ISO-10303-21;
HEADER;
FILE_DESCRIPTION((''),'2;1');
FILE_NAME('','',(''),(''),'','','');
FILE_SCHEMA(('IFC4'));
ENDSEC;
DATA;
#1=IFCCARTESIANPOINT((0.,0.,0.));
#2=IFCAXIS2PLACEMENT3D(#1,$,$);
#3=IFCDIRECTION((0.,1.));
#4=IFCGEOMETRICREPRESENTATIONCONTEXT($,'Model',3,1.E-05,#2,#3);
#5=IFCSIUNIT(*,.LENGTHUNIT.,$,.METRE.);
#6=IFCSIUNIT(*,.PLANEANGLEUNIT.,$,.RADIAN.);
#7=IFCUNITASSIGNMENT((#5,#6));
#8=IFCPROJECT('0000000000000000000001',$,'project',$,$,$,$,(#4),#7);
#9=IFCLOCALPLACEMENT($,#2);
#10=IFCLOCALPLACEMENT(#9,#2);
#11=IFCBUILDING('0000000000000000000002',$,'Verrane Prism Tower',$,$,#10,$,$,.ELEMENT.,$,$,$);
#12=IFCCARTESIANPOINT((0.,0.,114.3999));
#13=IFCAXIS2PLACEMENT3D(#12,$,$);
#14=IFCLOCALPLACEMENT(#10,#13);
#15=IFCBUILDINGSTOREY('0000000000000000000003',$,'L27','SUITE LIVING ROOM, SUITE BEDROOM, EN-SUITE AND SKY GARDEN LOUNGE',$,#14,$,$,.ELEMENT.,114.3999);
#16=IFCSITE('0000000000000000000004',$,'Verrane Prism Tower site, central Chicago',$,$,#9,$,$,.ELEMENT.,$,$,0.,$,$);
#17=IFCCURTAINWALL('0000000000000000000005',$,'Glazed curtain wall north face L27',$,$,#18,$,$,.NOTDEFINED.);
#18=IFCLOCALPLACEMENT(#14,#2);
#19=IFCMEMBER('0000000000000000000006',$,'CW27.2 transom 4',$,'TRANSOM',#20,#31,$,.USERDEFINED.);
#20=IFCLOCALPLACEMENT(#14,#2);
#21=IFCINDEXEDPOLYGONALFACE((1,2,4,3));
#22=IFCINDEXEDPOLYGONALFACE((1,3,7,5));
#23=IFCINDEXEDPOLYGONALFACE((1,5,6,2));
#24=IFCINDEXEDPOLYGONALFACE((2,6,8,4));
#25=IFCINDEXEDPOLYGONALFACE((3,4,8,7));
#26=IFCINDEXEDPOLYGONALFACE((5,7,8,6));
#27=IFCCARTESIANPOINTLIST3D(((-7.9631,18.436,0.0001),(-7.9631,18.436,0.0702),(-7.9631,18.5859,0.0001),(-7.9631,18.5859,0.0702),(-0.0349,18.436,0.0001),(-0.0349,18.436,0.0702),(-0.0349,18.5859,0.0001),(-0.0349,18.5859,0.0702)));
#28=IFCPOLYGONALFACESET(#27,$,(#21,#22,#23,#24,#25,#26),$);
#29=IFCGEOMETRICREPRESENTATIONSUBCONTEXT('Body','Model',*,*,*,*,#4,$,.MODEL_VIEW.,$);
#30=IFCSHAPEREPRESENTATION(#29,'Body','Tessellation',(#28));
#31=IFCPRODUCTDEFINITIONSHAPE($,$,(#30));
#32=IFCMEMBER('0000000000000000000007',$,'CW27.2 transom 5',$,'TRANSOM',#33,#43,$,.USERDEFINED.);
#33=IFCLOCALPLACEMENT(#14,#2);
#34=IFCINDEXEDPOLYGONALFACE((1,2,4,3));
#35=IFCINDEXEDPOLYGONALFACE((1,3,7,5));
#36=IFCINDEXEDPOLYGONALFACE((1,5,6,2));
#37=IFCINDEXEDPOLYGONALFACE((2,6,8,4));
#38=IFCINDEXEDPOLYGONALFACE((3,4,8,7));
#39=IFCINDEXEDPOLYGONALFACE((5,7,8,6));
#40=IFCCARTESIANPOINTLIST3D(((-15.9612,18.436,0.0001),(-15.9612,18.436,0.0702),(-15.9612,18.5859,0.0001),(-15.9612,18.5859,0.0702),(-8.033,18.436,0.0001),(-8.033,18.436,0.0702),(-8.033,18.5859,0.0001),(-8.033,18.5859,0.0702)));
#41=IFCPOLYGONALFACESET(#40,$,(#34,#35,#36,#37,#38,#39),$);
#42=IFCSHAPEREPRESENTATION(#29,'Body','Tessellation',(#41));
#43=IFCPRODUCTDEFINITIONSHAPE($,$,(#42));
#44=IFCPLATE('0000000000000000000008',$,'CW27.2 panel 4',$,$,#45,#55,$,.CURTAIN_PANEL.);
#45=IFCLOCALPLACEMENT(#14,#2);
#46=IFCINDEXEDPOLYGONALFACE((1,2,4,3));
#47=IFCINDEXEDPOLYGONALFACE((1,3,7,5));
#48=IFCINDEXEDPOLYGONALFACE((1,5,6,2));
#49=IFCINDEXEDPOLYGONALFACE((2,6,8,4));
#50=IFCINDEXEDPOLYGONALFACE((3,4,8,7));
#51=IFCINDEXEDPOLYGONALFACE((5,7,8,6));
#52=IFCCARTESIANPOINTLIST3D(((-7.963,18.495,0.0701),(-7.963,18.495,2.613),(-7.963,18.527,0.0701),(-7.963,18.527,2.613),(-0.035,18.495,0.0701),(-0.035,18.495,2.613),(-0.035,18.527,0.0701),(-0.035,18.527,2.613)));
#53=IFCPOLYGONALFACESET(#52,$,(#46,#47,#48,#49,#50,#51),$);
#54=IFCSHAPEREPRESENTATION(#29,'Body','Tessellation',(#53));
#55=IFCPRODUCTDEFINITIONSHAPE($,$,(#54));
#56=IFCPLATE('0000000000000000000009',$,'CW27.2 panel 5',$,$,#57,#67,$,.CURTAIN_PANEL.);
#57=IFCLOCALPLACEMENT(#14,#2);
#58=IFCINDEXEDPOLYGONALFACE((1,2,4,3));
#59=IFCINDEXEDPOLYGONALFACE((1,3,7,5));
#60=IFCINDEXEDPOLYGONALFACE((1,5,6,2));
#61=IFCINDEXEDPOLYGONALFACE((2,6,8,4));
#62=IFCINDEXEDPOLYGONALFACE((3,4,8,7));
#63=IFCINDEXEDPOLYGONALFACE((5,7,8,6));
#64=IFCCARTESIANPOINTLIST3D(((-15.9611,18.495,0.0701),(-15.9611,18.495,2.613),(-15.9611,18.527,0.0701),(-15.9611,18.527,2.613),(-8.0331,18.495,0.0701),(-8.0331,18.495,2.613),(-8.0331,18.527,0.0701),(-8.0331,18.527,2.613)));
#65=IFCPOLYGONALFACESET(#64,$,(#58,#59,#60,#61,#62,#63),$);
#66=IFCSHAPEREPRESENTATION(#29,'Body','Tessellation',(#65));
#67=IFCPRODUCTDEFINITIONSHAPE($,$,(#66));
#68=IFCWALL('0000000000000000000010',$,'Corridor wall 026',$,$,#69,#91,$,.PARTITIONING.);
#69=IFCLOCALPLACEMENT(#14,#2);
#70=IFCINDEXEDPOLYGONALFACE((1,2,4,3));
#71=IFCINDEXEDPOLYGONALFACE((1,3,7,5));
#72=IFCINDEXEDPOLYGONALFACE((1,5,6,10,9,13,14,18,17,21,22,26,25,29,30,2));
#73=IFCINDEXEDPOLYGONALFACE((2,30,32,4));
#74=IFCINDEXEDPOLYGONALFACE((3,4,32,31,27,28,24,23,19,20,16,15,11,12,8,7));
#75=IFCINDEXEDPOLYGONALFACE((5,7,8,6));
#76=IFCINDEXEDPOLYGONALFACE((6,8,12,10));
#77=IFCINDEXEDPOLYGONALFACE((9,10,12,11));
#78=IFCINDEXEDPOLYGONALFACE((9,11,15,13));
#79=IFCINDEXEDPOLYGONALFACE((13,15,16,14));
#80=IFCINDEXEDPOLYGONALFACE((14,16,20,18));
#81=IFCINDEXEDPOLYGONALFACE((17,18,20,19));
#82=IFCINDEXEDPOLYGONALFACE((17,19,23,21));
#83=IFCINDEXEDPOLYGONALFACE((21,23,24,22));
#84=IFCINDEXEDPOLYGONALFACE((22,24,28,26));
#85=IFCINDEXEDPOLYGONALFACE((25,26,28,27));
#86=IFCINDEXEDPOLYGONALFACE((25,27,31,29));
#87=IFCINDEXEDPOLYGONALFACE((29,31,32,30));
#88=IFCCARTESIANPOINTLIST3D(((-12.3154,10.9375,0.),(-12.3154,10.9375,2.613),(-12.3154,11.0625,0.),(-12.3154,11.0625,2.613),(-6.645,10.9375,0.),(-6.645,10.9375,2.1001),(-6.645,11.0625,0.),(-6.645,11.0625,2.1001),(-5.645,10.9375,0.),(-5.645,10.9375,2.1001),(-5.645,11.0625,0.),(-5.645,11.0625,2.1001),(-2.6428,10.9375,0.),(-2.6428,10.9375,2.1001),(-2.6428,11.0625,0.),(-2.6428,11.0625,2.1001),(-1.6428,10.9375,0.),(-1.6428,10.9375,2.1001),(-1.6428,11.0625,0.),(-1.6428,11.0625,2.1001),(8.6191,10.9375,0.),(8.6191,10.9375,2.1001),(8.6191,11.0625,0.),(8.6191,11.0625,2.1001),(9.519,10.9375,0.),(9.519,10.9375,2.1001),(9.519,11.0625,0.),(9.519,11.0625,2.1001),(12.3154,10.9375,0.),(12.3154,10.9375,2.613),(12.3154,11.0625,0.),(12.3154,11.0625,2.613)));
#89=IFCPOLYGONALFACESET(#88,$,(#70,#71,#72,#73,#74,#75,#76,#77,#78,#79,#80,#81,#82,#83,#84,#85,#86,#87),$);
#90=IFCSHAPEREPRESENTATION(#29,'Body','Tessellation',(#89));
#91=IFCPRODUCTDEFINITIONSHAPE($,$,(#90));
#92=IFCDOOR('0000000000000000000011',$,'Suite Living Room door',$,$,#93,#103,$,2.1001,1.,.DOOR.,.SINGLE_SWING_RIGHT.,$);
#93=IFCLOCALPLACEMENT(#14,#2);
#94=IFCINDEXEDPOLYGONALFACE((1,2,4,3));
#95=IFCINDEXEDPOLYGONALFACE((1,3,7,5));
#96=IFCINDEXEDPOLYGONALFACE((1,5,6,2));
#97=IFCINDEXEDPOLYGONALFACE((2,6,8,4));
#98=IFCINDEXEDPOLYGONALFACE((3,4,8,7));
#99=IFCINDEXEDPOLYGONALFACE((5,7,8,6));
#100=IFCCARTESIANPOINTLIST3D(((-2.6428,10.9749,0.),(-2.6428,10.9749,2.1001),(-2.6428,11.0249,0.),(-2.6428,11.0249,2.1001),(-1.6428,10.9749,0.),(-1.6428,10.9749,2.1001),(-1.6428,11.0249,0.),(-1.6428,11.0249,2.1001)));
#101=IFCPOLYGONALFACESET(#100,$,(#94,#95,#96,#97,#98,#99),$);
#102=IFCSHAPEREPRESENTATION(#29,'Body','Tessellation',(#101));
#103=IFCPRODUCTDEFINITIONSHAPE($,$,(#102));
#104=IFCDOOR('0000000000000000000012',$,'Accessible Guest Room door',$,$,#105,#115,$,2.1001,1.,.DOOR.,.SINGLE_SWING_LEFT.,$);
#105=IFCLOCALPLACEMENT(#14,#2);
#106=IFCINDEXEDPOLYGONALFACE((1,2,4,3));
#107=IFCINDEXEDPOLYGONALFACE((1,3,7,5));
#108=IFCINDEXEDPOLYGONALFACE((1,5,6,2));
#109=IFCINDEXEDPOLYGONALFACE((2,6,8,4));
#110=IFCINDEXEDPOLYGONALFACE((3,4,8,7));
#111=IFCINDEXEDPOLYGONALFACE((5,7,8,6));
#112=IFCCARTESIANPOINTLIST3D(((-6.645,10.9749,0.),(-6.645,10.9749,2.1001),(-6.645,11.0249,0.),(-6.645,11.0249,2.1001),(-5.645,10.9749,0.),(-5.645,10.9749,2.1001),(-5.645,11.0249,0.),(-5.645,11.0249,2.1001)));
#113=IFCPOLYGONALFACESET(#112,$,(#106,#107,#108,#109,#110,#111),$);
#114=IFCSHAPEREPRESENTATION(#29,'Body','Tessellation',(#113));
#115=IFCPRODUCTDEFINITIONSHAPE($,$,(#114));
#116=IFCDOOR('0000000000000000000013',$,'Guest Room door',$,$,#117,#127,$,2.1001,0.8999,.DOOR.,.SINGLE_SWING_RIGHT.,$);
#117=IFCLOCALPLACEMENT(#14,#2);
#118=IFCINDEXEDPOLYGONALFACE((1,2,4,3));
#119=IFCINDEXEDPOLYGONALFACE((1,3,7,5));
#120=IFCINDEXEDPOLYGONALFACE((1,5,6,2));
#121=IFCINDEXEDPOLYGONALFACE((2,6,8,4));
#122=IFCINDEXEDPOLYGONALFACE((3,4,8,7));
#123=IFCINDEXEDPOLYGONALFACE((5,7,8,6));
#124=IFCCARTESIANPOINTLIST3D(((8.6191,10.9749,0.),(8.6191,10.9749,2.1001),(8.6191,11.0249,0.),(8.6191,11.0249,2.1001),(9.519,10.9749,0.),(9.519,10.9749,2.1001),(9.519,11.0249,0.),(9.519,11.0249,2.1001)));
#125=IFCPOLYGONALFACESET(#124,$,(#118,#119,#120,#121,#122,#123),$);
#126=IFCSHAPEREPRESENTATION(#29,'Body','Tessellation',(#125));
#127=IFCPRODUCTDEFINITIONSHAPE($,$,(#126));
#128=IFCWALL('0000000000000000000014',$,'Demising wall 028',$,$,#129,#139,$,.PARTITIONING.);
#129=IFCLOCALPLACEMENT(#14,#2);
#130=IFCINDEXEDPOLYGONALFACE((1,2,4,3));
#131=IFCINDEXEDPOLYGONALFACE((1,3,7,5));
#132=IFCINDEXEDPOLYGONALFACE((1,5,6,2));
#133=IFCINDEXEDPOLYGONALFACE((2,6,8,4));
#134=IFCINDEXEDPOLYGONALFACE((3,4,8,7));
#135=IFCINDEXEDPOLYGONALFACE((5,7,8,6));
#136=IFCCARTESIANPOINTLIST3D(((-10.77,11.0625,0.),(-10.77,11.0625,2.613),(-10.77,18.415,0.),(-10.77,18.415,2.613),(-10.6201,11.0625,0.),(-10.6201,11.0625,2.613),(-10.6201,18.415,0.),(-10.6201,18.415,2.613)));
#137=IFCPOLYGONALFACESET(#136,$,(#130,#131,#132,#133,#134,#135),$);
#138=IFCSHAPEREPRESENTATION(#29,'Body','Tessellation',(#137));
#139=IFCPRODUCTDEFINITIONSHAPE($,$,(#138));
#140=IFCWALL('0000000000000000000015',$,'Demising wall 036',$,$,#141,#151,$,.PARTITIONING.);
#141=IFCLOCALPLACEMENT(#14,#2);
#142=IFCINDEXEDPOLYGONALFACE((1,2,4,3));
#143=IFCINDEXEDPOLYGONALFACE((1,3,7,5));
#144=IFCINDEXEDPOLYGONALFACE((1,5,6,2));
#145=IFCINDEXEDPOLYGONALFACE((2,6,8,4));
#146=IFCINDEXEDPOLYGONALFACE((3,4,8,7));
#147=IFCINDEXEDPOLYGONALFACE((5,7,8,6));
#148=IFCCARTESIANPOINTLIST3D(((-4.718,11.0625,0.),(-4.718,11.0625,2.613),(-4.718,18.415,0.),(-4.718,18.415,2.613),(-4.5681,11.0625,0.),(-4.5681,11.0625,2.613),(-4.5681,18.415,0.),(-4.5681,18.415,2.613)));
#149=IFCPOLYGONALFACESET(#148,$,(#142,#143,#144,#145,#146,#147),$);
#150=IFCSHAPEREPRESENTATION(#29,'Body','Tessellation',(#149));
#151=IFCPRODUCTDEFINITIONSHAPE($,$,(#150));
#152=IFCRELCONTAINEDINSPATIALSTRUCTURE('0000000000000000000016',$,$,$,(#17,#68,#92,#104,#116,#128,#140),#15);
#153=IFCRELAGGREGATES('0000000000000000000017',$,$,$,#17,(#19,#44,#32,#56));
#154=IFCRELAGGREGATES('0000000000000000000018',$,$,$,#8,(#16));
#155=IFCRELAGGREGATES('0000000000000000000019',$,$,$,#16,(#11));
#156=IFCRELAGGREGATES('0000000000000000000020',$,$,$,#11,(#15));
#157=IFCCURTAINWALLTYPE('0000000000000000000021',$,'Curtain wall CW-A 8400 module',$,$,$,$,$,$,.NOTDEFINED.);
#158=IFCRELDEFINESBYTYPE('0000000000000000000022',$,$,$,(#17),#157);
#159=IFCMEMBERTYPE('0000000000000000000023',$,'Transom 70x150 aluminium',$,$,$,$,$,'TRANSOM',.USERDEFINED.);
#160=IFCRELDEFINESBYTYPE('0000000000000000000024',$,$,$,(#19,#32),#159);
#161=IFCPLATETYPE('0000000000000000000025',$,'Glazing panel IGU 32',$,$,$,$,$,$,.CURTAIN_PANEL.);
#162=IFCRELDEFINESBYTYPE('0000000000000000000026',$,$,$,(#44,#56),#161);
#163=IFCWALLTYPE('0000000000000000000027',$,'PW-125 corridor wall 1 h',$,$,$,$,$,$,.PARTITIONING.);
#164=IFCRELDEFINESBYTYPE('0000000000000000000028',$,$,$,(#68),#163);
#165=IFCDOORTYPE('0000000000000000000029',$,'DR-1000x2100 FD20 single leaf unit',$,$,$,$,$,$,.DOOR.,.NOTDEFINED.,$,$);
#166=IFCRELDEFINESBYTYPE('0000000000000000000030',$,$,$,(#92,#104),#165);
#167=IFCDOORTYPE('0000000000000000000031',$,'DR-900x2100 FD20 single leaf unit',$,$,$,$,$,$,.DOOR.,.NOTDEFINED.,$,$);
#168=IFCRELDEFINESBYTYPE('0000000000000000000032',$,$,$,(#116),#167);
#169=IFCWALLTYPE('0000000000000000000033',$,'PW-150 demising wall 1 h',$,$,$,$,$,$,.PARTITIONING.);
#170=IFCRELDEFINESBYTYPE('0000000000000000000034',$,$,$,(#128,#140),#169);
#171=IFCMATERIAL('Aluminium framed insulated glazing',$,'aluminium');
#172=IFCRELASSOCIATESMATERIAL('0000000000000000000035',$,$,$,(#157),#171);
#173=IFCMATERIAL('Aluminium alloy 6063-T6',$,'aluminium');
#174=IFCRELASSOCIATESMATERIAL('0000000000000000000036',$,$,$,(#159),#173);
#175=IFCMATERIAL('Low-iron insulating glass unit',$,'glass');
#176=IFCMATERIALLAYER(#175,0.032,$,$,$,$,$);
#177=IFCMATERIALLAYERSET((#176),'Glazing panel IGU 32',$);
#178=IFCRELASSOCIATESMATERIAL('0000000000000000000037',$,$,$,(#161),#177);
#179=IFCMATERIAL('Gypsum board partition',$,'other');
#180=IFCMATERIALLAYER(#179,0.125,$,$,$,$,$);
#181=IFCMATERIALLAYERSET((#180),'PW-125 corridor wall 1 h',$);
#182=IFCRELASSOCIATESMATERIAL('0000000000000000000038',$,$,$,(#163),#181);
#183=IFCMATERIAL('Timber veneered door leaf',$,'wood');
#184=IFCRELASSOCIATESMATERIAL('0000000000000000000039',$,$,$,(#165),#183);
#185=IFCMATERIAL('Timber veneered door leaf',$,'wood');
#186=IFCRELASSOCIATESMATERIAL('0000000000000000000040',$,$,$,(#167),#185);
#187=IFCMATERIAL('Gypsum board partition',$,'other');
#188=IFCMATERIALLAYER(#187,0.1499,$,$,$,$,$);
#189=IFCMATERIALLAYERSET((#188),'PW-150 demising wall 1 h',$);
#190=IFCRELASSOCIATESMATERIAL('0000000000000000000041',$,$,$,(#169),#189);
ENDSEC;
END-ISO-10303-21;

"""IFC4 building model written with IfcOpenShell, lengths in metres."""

from ifc_helpers import new_model, si_unit, direction, frame, frame_2d, origin, origin_2d, place, context, subcontext, project, spatial, rectangle, extrude, material, layer, layer_set, material_profile, profile_set, type_object, element, fill, aggregate, save


model = new_model("IFC4")

# Units and contexts
model_context = context("Model", 3, precision=1e-05, world=origin(), true_north=direction((0.0, 1.0)))
body_context = subcontext(model_context, "Body", "Model", "MODEL_VIEW")
ifc_project = project(units=[si_unit("LENGTHUNIT", "METRE"), si_unit("PLANEANGLEUNIT", "RADIAN")], contexts=[model_context])

# Site, building, storey
site_placement = place(None, origin())
site = spatial("IfcSite", under=ifc_project, at=site_placement, Name="Verrane Prism Tower site, central Chicago", CompositionType="ELEMENT", RefElevation=0.0)
building_placement = place(site_placement, origin())
building = spatial("IfcBuilding", under=site, at=building_placement, Name="Verrane Prism Tower", CompositionType="ELEMENT")
storey_placement = place(building_placement, frame((0.0, 0.0, 114.3999)))
storey = spatial("IfcBuildingStorey", under=building, at=storey_placement, Name="L27", Description="SUITE LIVING ROOM, SUITE BEDROOM, EN-SUITE AND SKY GARDEN LOUNGE", CompositionType="ELEMENT", Elevation=114.3999)

# Curtain wall
ifc_material_1 = material(Name="Aluminium framed insulated glazing", Category="aluminium")
curtain_wall_type = type_object("IfcCurtainWallType", Name="Curtain wall CW-A 8400 module", PredefinedType="NOTDEFINED", material=ifc_material_1)
curtain_wall_placement = place(storey_placement, origin())
curtain_wall = element("IfcCurtainWall", 1, at=curtain_wall_placement, inside=storey, type_object=curtain_wall_type, Name="Glazed curtain wall north face L27", PredefinedType="NOTDEFINED")

# Members
ifc_material_2 = material(Name="Aluminium alloy 6063-T6", Category="aluminium")
ifc_material_profile_1 = material_profile(ifc_material_2, rectangle(XDim=0.1499, YDim=0.0701, at=origin_2d()), Name="Transom 70x150 aluminium")
ifc_profile_set_1 = profile_set([ifc_material_profile_1], Name="Aluminium alloy 6063-T6")
member_type_1 = type_object("IfcMemberType", Name="Transom 70x150 aluminium", ElementType="TRANSOM", PredefinedType="USERDEFINED", material=ifc_profile_set_1)
member_1_placement = place(storey_placement, frame((-0.0349, 18.511, 0.0352), z_axis=(-1.0, 0.0, 0.0), x_axis=(0.0, -1.0, 0.0)))
member_1 = element("IfcMember", 2, at=member_1_placement, type_object=member_type_1, Name="CW27.2 transom 4", ObjectType="TRANSOM", PredefinedType="USERDEFINED", context=body_context, shape_type="SweptSolid", body=[
    extrude(rectangle(XDim=0.1499, YDim=0.0701, at=origin_2d()), origin(), (0.0, 0.0, 1.0), 7.9282),
])
member_2_placement = place(storey_placement, frame((-8.033, 18.511, 0.0352), z_axis=(-1.0, 0.0, 0.0), x_axis=(0.0, -1.0, 0.0)))
member_2 = element("IfcMember", 3, at=member_2_placement, type_object=member_type_1, Name="CW27.2 transom 5", ObjectType="TRANSOM", PredefinedType="USERDEFINED", context=body_context, shape_type="SweptSolid", body=[
    extrude(rectangle(XDim=0.1499, YDim=0.0701, at=origin_2d()), origin(), (0.0, 0.0, 1.0), 7.9282),
])

# Plates
ifc_material_3 = material(Name="Low-iron insulating glass unit", Category="glass")
ifc_layer_1 = layer(ifc_material_3, 0.032)
ifc_layer_set_1 = layer_set([ifc_layer_1], Name="Glazing panel IGU 32")
plate_type = type_object("IfcPlateType", Name="Glazing panel IGU 32", PredefinedType="CURTAIN_PANEL", material=ifc_layer_set_1)
plate_1_placement = place(storey_placement, frame((-3.999, 18.511, 0.0701), z_axis=(0.0, 0.0, 1.0), x_axis=(-1.0, 0.0, 0.0)))
plate_1 = element("IfcPlate", 4, at=plate_1_placement, type_object=plate_type, Name="CW27.2 panel 4", PredefinedType="CURTAIN_PANEL", context=body_context, shape_type="SweptSolid", body=[
    extrude(rectangle(XDim=7.928, YDim=0.032, at=origin_2d()), origin(), (0.0, 0.0, 1.0), 2.543),
])
plate_2_placement = place(storey_placement, frame((-11.9971, 18.511, 0.0701), z_axis=(0.0, 0.0, 1.0), x_axis=(-1.0, 0.0, 0.0)))
plate_2 = element("IfcPlate", 5, at=plate_2_placement, type_object=plate_type, Name="CW27.2 panel 5", PredefinedType="CURTAIN_PANEL", context=body_context, shape_type="SweptSolid", body=[
    extrude(rectangle(XDim=7.928, YDim=0.032, at=origin_2d()), origin(), (0.0, 0.0, 1.0), 2.543),
])
aggregate(curtain_wall, [member_1, plate_1, member_2, plate_2])

# Wall, openings, doors
ifc_material_4 = material(Name="Gypsum board partition", Category="other")
ifc_layer_2 = layer(ifc_material_4, 0.125)
ifc_layer_set_2 = layer_set([ifc_layer_2], Name="PW-125 corridor wall 1 h")
wall_type_1 = type_object("IfcWallType", Name="PW-125 corridor wall 1 h", PredefinedType="PARTITIONING", material=ifc_layer_set_2)
wall_1_placement = place(storey_placement, frame((-12.3154, 11.0, 0.0), z_axis=(0.0, 0.0, 1.0), x_axis=(1.0, 0.0, 0.0)))
wall_1 = element("IfcWall", 6, at=wall_1_placement, inside=storey, type_object=wall_type_1, Name="Corridor wall 026", PredefinedType="PARTITIONING", context=body_context, shape_type="SweptSolid", body=[
    extrude(rectangle(XDim=24.6309, YDim=0.125, at=frame_2d((12.3154, 0.0))), origin(), (0.0, 0.0, 1.0), 2.613),
])
opening_1_placement = place(wall_1_placement, frame((20.9346, 0.0, 0.0)))
opening_1 = element("IfcOpeningElement", 7, at=opening_1_placement, cuts=wall_1, PredefinedType="OPENING", context=body_context, shape_type="SweptSolid", body=[
    extrude(rectangle(XDim=0.8999, YDim=2.1001, at=frame_2d((0.45, 1.05))), frame((0.0, 0.0725, 0.0), z_axis=(0.0, -1.0, 0.0), x_axis=(1.0, 0.0, 0.0)), (0.0, 0.0, 1.0), 0.145),
])
opening_2_placement = place(wall_1_placement, frame((9.6726, 0.0, 0.0)))
opening_2 = element("IfcOpeningElement", 8, at=opening_2_placement, cuts=wall_1, PredefinedType="OPENING", context=body_context, shape_type="SweptSolid", body=[
    extrude(rectangle(XDim=1.0, YDim=2.1001, at=frame_2d((0.5, 1.05))), frame((0.0, 0.0725, 0.0), z_axis=(0.0, -1.0, 0.0), x_axis=(1.0, 0.0, 0.0)), (0.0, 0.0, 1.0), 0.145),
])
opening_3_placement = place(wall_1_placement, frame((5.6704, 0.0, 0.0)))
opening_3 = element("IfcOpeningElement", 9, at=opening_3_placement, cuts=wall_1, PredefinedType="OPENING", context=body_context, shape_type="SweptSolid", body=[
    extrude(rectangle(XDim=1.0, YDim=2.1001, at=frame_2d((0.5, 1.05))), frame((0.0, 0.0725, 0.0), z_axis=(0.0, -1.0, 0.0), x_axis=(1.0, 0.0, 0.0)), (0.0, 0.0, 1.0), 0.145),
])
ifc_material_5 = material(Name="Timber veneered door leaf", Category="wood")
door_type_1 = type_object("IfcDoorType", Name="DR-1000x2100 FD20 single leaf unit", OperationType="NOTDEFINED", PredefinedType="DOOR", material=ifc_material_5)
door_1_placement = place(opening_2_placement, origin())
door_1 = element("IfcDoor", 10, at=door_1_placement, inside=storey, type_object=door_type_1, Name="Suite Living Room door", OperationType="SINGLE_SWING_RIGHT", OverallHeight=2.1001, OverallWidth=1.0, PredefinedType="DOOR", context=body_context, shape_type="SweptSolid", body=[
    extrude(rectangle(XDim=1.0, YDim=2.1001, at=frame_2d((0.5, 1.05))), frame((0.0, 0.0249, 0.0), z_axis=(0.0, -1.0, 0.0), x_axis=(1.0, 0.0, 0.0)), (0.0, 0.0, 1.0), 0.05),
])
fill(opening_2, door_1)
door_2_placement = place(opening_3_placement, origin())
door_2 = element("IfcDoor", 11, at=door_2_placement, inside=storey, type_object=door_type_1, Name="Accessible Guest Room door", OperationType="SINGLE_SWING_LEFT", OverallHeight=2.1001, OverallWidth=1.0, PredefinedType="DOOR", context=body_context, shape_type="SweptSolid", body=[
    extrude(rectangle(XDim=1.0, YDim=2.1001, at=frame_2d((0.5, 1.05))), frame((0.0, 0.0249, 0.0), z_axis=(0.0, -1.0, 0.0), x_axis=(1.0, 0.0, 0.0)), (0.0, 0.0, 1.0), 0.05),
])
fill(opening_3, door_2)
ifc_material_6 = material(Name="Timber veneered door leaf", Category="wood")
door_type_2 = type_object("IfcDoorType", Name="DR-900x2100 FD20 single leaf unit", OperationType="NOTDEFINED", PredefinedType="DOOR", material=ifc_material_6)
door_3_placement = place(opening_1_placement, origin())
door_3 = element("IfcDoor", 12, at=door_3_placement, inside=storey, type_object=door_type_2, Name="Guest Room door", OperationType="SINGLE_SWING_RIGHT", OverallHeight=2.1001, OverallWidth=0.8999, PredefinedType="DOOR", context=body_context, shape_type="SweptSolid", body=[
    extrude(rectangle(XDim=0.8999, YDim=2.1001, at=frame_2d((0.45, 1.05))), frame((0.0, 0.0249, 0.0), z_axis=(0.0, -1.0, 0.0), x_axis=(1.0, 0.0, 0.0)), (0.0, 0.0, 1.0), 0.05),
])
fill(opening_1, door_3)

# Walls
ifc_material_7 = material(Name="Gypsum board partition", Category="other")
ifc_layer_3 = layer(ifc_material_7, 0.1499)
ifc_layer_set_3 = layer_set([ifc_layer_3], Name="PW-150 demising wall 1 h")
wall_type_2 = type_object("IfcWallType", Name="PW-150 demising wall 1 h", PredefinedType="PARTITIONING", material=ifc_layer_set_3)
for number, where, z_axis, x_axis, name in (
    (13, (-10.6951, 11.0625, 0.0), (0.0, 0.0, 1.0), (0.0, 1.0, 0.0), "Demising wall 028"),
    (14, (-4.6431, 11.0625, 0.0), (0.0, 0.0, 1.0), (0.0, 1.0, 0.0), "Demising wall 036"),
):
    element("IfcWall", number, at=place(storey_placement, frame(where, z_axis=z_axis, x_axis=x_axis)), inside=storey, type_object=wall_type_2, Name=name, PredefinedType="PARTITIONING", context=body_context, shape_type="SweptSolid", body=[
        extrude(rectangle(XDim=7.3525, YDim=0.1499, at=frame_2d((3.6763, 0.0))), origin(), (0.0, 0.0, 1.0), 2.613),
    ])

save(model, "model.ifc")
